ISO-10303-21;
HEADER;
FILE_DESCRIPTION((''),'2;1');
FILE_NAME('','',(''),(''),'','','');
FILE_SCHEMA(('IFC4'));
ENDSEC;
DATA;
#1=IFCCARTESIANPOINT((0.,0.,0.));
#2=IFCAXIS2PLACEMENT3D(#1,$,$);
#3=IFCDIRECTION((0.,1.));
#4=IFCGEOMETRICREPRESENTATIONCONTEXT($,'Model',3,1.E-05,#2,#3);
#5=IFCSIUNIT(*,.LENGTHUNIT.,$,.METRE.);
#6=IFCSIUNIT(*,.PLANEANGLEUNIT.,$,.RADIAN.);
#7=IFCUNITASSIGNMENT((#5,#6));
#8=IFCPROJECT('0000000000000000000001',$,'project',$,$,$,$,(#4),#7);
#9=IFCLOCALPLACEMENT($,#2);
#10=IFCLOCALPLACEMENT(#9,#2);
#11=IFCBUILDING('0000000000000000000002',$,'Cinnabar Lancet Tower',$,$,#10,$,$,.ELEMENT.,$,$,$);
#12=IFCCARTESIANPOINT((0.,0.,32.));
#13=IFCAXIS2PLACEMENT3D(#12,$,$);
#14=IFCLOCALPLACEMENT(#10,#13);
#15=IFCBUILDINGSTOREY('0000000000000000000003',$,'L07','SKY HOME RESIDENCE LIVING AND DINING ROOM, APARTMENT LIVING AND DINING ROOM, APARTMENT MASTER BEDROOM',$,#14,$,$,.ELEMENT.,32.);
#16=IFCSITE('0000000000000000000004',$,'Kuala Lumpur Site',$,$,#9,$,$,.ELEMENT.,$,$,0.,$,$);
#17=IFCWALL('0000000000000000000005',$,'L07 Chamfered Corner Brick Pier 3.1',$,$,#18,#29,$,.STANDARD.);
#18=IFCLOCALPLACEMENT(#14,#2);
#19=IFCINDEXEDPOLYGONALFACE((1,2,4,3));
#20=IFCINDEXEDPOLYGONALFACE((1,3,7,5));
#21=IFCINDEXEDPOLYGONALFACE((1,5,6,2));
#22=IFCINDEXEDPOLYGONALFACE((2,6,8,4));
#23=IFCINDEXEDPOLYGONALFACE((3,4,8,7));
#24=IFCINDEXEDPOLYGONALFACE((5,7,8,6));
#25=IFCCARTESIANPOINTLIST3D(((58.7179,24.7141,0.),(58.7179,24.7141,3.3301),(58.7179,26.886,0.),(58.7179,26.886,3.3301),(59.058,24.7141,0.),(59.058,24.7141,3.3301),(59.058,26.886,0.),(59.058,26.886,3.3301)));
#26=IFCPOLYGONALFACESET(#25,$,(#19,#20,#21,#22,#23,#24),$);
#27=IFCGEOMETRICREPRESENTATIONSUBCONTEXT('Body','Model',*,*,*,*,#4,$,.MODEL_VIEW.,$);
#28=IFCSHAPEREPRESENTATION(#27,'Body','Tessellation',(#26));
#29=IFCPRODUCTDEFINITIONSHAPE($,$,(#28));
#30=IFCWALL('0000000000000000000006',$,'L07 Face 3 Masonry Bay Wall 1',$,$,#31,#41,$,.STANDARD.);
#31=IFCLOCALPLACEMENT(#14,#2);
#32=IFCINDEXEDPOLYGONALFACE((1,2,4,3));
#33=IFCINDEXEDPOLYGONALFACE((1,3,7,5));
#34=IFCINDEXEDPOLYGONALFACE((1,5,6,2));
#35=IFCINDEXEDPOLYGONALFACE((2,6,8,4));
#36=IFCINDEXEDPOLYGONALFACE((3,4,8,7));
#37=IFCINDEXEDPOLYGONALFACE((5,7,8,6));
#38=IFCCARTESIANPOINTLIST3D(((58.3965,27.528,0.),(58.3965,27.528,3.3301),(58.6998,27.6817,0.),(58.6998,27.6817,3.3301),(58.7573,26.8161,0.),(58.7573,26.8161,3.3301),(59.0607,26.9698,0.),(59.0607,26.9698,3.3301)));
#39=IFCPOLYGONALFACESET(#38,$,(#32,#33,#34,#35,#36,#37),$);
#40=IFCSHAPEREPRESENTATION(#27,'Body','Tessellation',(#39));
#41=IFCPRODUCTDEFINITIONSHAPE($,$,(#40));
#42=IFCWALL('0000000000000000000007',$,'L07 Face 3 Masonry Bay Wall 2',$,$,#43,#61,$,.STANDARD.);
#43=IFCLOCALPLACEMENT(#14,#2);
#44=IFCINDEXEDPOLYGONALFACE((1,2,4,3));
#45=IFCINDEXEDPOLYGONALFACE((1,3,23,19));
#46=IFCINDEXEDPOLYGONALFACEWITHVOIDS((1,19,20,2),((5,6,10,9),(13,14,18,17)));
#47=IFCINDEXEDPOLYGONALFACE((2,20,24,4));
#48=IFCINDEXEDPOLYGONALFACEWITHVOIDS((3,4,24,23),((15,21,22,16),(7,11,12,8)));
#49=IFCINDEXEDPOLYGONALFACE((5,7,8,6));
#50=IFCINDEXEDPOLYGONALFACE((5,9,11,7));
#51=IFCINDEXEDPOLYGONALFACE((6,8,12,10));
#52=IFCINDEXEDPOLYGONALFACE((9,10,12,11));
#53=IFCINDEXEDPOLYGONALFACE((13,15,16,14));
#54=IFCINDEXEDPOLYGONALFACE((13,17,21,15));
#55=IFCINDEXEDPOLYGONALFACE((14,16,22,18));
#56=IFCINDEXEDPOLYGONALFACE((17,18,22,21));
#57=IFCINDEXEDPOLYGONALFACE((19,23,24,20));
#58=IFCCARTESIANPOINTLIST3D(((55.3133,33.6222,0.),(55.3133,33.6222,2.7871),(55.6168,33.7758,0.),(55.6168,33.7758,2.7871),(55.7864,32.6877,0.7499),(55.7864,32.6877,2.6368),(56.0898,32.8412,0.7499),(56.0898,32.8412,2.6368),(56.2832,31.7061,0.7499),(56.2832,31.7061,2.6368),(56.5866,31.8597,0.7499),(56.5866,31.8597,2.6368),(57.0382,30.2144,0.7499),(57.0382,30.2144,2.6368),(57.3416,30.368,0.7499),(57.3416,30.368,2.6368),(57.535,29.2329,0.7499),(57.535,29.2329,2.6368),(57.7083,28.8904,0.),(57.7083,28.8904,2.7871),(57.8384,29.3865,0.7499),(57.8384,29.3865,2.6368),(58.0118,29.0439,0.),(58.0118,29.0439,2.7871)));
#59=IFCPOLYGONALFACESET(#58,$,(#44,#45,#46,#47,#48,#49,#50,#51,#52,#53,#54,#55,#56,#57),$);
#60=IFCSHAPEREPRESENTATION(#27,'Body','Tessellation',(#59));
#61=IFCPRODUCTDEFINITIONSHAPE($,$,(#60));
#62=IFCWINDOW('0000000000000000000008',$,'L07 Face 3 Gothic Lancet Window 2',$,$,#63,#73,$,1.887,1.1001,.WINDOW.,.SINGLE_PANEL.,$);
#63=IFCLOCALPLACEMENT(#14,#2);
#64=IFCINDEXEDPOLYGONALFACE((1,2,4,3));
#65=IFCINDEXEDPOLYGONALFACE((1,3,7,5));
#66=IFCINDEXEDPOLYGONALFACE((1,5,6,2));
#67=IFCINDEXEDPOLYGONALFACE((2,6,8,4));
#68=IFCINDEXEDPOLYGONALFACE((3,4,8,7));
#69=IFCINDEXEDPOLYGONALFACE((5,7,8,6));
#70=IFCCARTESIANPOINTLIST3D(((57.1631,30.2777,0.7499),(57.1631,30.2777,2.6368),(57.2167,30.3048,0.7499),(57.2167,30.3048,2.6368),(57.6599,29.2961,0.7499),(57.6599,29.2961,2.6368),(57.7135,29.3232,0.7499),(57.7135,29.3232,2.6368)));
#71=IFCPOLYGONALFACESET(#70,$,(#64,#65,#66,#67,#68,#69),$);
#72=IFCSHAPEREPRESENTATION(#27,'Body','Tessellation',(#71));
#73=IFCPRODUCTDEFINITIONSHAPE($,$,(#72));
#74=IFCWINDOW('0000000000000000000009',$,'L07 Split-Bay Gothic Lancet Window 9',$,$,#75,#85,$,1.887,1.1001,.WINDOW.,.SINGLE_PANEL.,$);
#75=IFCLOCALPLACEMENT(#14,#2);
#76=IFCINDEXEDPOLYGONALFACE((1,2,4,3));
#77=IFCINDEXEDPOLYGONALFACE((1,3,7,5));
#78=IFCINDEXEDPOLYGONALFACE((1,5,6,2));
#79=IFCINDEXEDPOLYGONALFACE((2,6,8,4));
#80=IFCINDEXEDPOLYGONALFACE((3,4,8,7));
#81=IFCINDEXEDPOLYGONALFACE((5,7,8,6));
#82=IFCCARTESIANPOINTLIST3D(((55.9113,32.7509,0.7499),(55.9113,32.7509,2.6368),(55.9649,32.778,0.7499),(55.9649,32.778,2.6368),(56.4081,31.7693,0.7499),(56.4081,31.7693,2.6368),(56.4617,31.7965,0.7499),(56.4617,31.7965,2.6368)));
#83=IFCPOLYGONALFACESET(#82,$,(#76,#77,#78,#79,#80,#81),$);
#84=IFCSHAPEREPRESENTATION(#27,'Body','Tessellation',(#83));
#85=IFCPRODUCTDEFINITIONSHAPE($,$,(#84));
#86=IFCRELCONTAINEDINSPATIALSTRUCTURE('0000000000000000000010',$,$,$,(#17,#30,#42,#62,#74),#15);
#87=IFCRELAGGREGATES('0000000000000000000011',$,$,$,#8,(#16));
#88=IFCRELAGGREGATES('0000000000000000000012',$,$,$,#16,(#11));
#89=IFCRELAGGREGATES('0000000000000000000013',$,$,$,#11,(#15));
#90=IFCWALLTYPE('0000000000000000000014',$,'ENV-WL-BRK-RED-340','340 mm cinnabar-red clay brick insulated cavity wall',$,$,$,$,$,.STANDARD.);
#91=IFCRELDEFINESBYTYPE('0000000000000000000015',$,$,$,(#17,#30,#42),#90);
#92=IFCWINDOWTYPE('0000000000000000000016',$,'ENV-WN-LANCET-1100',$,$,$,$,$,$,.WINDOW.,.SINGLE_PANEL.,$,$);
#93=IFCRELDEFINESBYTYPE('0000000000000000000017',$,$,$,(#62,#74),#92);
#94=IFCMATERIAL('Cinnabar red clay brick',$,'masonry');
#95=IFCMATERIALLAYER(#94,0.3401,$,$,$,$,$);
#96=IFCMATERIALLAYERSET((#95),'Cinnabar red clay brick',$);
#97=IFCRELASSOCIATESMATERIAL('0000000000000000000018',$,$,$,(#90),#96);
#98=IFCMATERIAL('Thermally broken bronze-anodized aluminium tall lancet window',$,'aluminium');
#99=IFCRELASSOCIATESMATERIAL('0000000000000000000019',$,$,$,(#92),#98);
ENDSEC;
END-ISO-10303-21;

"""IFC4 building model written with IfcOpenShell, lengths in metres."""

from ifc_helpers import new_model, si_unit, direction, frame, frame_2d, origin, place, context, subcontext, project, spatial, rectangle, extrude, material, layer, layer_set, type_object, element, fill, save


model = new_model("IFC4")

# Units and contexts
model_context = context("Model", 3, precision=1e-05, world=origin(), true_north=direction((0.0, 1.0)))
body_context = subcontext(model_context, "Body", "Model", "MODEL_VIEW")
ifc_project = project(units=[si_unit("LENGTHUNIT", "METRE"), si_unit("PLANEANGLEUNIT", "RADIAN")], contexts=[model_context])

# Site, building, storey
site_placement = place(None, origin())
site = spatial("IfcSite", under=ifc_project, at=site_placement, Name="Kuala Lumpur Site", CompositionType="ELEMENT", RefElevation=0.0)
building_placement = place(site_placement, origin())
building = spatial("IfcBuilding", under=site, at=building_placement, Name="Cinnabar Lancet Tower", CompositionType="ELEMENT")
storey_placement = place(building_placement, frame((0.0, 0.0, 32.0)))
storey = spatial("IfcBuildingStorey", under=building, at=storey_placement, Name="L07", Description="SKY HOME RESIDENCE LIVING AND DINING ROOM, APARTMENT LIVING AND DINING ROOM, APARTMENT MASTER BEDROOM", CompositionType="ELEMENT", Elevation=32.0)

# Walls
ifc_material_1 = material(Name="Cinnabar red clay brick", Category="masonry")
ifc_layer_1 = layer(ifc_material_1, 0.3401)
ifc_layer_set_1 = layer_set([ifc_layer_1], Name="Cinnabar red clay brick")
wall_type_1 = type_object("IfcWallType", Name="ENV-WL-BRK-RED-340", Description="340 mm cinnabar-red clay brick insulated cavity wall", PredefinedType="STANDARD", material=ifc_layer_set_1)
wall_1_placement = place(storey_placement, frame((58.8879, 24.7141, 0.0), z_axis=(0.0, 0.0, 1.0), x_axis=(0.0, 1.0, 0.0)))
element("IfcWall", 1, at=wall_1_placement, inside=storey, type_object=wall_type_1, Name="L07 Chamfered Corner Brick Pier 3.1", PredefinedType="STANDARD", context=body_context, shape_type="SweptSolid", body=[
    extrude(rectangle(XDim=2.1719, YDim=0.3401, at=frame_2d((1.0859, 0.0))), origin(), (0.0, 0.0, 1.0), 3.3301),
])
wall_2_placement = place(storey_placement, frame((58.9089, 26.8931, 0.0), z_axis=(0.0, 0.0, 1.0), x_axis=(-0.452101, 0.891967, 0.0)))
element("IfcWall", 2, at=wall_2_placement, inside=storey, type_object=wall_type_1, Name="L07 Face 3 Masonry Bay Wall 1", PredefinedType="STANDARD", context=body_context, shape_type="SweptSolid", body=[
    extrude(rectangle(XDim=0.7981, YDim=0.3401, at=frame_2d((0.3989, 0.0))), origin(), (0.0, 0.0, 1.0), 3.3301),
])

# Wall, openings, windows
wall_3_placement = place(storey_placement, frame((57.8601, 28.967, 0.0), z_axis=(0.0, 0.0, 1.0), x_axis=(-0.451591, 0.892225, 0.0)))
wall_3 = element("IfcWall", 3, at=wall_3_placement, inside=storey, type_object=wall_type_1, Name="L07 Face 3 Masonry Bay Wall 2", PredefinedType="STANDARD", context=body_context, shape_type="SweptSolid", body=[
    extrude(rectangle(XDim=5.3035, YDim=0.3401, at=frame_2d((2.6519, 0.0))), origin(), (0.0, 0.0, 1.0), 2.7871),
])
opening_1_placement = place(wall_3_placement, frame((0.384, 0.0, 0.75)))
opening_1 = element("IfcOpeningElement", 4, at=opening_1_placement, cuts=wall_3, PredefinedType="OPENING", context=body_context, shape_type="SweptSolid", body=[
    extrude(rectangle(XDim=1.1001, YDim=1.887, at=frame_2d((0.55, 0.9434))), frame((0.0, 0.1799, 0.0), z_axis=(0.0, -1.0, 0.0), x_axis=(1.0, 0.0, 0.0)), (0.0, 0.0, 1.0), 0.3601),
])
opening_2_placement = place(wall_3_placement, frame((3.156, 0.0, 0.75)))
opening_2 = element("IfcOpeningElement", 5, at=opening_2_placement, cuts=wall_3, PredefinedType="OPENING", context=body_context, shape_type="SweptSolid", body=[
    extrude(rectangle(XDim=1.1001, YDim=1.887, at=frame_2d((0.55, 0.9434))), frame((0.0, 0.1799, 0.0), z_axis=(0.0, -1.0, 0.0), x_axis=(1.0, 0.0, 0.0)), (0.0, 0.0, 1.0), 0.3601),
])
ifc_material_2 = material(Name="Thermally broken bronze-anodized aluminium tall lancet window", Category="aluminium")
window_type = type_object("IfcWindowType", Name="ENV-WN-LANCET-1100", PartitioningType="SINGLE_PANEL", PredefinedType="WINDOW", material=ifc_material_2)
window_1_placement = place(opening_1_placement, origin())
window_1 = element("IfcWindow", 6, at=window_1_placement, inside=storey, type_object=window_type, Name="L07 Face 3 Gothic Lancet Window 2", OverallHeight=1.887, OverallWidth=1.1001, PartitioningType="SINGLE_PANEL", PredefinedType="WINDOW", context=body_context, shape_type="SweptSolid", body=[
    extrude(rectangle(XDim=1.1001, YDim=1.887, at=frame_2d((0.55, 0.9434))), frame((0.0, 0.03, 0.0), z_axis=(0.0, -1.0, 0.0), x_axis=(1.0, 0.0, 0.0)), (0.0, 0.0, 1.0), 0.0601),
])
fill(opening_1, window_1)
window_2_placement = place(opening_2_placement, origin())
window_2 = element("IfcWindow", 7, at=window_2_placement, inside=storey, type_object=window_type, Name="L07 Split-Bay Gothic Lancet Window 9", OverallHeight=1.887, OverallWidth=1.1001, PartitioningType="SINGLE_PANEL", PredefinedType="WINDOW", context=body_context, shape_type="SweptSolid", body=[
    extrude(rectangle(XDim=1.1001, YDim=1.887, at=frame_2d((0.55, 0.9434))), frame((0.0, 0.03, 0.0), z_axis=(0.0, -1.0, 0.0), x_axis=(1.0, 0.0, 0.0)), (0.0, 0.0, 1.0), 0.0601),
])
fill(opening_2, window_2)

save(model, "model.ifc")
